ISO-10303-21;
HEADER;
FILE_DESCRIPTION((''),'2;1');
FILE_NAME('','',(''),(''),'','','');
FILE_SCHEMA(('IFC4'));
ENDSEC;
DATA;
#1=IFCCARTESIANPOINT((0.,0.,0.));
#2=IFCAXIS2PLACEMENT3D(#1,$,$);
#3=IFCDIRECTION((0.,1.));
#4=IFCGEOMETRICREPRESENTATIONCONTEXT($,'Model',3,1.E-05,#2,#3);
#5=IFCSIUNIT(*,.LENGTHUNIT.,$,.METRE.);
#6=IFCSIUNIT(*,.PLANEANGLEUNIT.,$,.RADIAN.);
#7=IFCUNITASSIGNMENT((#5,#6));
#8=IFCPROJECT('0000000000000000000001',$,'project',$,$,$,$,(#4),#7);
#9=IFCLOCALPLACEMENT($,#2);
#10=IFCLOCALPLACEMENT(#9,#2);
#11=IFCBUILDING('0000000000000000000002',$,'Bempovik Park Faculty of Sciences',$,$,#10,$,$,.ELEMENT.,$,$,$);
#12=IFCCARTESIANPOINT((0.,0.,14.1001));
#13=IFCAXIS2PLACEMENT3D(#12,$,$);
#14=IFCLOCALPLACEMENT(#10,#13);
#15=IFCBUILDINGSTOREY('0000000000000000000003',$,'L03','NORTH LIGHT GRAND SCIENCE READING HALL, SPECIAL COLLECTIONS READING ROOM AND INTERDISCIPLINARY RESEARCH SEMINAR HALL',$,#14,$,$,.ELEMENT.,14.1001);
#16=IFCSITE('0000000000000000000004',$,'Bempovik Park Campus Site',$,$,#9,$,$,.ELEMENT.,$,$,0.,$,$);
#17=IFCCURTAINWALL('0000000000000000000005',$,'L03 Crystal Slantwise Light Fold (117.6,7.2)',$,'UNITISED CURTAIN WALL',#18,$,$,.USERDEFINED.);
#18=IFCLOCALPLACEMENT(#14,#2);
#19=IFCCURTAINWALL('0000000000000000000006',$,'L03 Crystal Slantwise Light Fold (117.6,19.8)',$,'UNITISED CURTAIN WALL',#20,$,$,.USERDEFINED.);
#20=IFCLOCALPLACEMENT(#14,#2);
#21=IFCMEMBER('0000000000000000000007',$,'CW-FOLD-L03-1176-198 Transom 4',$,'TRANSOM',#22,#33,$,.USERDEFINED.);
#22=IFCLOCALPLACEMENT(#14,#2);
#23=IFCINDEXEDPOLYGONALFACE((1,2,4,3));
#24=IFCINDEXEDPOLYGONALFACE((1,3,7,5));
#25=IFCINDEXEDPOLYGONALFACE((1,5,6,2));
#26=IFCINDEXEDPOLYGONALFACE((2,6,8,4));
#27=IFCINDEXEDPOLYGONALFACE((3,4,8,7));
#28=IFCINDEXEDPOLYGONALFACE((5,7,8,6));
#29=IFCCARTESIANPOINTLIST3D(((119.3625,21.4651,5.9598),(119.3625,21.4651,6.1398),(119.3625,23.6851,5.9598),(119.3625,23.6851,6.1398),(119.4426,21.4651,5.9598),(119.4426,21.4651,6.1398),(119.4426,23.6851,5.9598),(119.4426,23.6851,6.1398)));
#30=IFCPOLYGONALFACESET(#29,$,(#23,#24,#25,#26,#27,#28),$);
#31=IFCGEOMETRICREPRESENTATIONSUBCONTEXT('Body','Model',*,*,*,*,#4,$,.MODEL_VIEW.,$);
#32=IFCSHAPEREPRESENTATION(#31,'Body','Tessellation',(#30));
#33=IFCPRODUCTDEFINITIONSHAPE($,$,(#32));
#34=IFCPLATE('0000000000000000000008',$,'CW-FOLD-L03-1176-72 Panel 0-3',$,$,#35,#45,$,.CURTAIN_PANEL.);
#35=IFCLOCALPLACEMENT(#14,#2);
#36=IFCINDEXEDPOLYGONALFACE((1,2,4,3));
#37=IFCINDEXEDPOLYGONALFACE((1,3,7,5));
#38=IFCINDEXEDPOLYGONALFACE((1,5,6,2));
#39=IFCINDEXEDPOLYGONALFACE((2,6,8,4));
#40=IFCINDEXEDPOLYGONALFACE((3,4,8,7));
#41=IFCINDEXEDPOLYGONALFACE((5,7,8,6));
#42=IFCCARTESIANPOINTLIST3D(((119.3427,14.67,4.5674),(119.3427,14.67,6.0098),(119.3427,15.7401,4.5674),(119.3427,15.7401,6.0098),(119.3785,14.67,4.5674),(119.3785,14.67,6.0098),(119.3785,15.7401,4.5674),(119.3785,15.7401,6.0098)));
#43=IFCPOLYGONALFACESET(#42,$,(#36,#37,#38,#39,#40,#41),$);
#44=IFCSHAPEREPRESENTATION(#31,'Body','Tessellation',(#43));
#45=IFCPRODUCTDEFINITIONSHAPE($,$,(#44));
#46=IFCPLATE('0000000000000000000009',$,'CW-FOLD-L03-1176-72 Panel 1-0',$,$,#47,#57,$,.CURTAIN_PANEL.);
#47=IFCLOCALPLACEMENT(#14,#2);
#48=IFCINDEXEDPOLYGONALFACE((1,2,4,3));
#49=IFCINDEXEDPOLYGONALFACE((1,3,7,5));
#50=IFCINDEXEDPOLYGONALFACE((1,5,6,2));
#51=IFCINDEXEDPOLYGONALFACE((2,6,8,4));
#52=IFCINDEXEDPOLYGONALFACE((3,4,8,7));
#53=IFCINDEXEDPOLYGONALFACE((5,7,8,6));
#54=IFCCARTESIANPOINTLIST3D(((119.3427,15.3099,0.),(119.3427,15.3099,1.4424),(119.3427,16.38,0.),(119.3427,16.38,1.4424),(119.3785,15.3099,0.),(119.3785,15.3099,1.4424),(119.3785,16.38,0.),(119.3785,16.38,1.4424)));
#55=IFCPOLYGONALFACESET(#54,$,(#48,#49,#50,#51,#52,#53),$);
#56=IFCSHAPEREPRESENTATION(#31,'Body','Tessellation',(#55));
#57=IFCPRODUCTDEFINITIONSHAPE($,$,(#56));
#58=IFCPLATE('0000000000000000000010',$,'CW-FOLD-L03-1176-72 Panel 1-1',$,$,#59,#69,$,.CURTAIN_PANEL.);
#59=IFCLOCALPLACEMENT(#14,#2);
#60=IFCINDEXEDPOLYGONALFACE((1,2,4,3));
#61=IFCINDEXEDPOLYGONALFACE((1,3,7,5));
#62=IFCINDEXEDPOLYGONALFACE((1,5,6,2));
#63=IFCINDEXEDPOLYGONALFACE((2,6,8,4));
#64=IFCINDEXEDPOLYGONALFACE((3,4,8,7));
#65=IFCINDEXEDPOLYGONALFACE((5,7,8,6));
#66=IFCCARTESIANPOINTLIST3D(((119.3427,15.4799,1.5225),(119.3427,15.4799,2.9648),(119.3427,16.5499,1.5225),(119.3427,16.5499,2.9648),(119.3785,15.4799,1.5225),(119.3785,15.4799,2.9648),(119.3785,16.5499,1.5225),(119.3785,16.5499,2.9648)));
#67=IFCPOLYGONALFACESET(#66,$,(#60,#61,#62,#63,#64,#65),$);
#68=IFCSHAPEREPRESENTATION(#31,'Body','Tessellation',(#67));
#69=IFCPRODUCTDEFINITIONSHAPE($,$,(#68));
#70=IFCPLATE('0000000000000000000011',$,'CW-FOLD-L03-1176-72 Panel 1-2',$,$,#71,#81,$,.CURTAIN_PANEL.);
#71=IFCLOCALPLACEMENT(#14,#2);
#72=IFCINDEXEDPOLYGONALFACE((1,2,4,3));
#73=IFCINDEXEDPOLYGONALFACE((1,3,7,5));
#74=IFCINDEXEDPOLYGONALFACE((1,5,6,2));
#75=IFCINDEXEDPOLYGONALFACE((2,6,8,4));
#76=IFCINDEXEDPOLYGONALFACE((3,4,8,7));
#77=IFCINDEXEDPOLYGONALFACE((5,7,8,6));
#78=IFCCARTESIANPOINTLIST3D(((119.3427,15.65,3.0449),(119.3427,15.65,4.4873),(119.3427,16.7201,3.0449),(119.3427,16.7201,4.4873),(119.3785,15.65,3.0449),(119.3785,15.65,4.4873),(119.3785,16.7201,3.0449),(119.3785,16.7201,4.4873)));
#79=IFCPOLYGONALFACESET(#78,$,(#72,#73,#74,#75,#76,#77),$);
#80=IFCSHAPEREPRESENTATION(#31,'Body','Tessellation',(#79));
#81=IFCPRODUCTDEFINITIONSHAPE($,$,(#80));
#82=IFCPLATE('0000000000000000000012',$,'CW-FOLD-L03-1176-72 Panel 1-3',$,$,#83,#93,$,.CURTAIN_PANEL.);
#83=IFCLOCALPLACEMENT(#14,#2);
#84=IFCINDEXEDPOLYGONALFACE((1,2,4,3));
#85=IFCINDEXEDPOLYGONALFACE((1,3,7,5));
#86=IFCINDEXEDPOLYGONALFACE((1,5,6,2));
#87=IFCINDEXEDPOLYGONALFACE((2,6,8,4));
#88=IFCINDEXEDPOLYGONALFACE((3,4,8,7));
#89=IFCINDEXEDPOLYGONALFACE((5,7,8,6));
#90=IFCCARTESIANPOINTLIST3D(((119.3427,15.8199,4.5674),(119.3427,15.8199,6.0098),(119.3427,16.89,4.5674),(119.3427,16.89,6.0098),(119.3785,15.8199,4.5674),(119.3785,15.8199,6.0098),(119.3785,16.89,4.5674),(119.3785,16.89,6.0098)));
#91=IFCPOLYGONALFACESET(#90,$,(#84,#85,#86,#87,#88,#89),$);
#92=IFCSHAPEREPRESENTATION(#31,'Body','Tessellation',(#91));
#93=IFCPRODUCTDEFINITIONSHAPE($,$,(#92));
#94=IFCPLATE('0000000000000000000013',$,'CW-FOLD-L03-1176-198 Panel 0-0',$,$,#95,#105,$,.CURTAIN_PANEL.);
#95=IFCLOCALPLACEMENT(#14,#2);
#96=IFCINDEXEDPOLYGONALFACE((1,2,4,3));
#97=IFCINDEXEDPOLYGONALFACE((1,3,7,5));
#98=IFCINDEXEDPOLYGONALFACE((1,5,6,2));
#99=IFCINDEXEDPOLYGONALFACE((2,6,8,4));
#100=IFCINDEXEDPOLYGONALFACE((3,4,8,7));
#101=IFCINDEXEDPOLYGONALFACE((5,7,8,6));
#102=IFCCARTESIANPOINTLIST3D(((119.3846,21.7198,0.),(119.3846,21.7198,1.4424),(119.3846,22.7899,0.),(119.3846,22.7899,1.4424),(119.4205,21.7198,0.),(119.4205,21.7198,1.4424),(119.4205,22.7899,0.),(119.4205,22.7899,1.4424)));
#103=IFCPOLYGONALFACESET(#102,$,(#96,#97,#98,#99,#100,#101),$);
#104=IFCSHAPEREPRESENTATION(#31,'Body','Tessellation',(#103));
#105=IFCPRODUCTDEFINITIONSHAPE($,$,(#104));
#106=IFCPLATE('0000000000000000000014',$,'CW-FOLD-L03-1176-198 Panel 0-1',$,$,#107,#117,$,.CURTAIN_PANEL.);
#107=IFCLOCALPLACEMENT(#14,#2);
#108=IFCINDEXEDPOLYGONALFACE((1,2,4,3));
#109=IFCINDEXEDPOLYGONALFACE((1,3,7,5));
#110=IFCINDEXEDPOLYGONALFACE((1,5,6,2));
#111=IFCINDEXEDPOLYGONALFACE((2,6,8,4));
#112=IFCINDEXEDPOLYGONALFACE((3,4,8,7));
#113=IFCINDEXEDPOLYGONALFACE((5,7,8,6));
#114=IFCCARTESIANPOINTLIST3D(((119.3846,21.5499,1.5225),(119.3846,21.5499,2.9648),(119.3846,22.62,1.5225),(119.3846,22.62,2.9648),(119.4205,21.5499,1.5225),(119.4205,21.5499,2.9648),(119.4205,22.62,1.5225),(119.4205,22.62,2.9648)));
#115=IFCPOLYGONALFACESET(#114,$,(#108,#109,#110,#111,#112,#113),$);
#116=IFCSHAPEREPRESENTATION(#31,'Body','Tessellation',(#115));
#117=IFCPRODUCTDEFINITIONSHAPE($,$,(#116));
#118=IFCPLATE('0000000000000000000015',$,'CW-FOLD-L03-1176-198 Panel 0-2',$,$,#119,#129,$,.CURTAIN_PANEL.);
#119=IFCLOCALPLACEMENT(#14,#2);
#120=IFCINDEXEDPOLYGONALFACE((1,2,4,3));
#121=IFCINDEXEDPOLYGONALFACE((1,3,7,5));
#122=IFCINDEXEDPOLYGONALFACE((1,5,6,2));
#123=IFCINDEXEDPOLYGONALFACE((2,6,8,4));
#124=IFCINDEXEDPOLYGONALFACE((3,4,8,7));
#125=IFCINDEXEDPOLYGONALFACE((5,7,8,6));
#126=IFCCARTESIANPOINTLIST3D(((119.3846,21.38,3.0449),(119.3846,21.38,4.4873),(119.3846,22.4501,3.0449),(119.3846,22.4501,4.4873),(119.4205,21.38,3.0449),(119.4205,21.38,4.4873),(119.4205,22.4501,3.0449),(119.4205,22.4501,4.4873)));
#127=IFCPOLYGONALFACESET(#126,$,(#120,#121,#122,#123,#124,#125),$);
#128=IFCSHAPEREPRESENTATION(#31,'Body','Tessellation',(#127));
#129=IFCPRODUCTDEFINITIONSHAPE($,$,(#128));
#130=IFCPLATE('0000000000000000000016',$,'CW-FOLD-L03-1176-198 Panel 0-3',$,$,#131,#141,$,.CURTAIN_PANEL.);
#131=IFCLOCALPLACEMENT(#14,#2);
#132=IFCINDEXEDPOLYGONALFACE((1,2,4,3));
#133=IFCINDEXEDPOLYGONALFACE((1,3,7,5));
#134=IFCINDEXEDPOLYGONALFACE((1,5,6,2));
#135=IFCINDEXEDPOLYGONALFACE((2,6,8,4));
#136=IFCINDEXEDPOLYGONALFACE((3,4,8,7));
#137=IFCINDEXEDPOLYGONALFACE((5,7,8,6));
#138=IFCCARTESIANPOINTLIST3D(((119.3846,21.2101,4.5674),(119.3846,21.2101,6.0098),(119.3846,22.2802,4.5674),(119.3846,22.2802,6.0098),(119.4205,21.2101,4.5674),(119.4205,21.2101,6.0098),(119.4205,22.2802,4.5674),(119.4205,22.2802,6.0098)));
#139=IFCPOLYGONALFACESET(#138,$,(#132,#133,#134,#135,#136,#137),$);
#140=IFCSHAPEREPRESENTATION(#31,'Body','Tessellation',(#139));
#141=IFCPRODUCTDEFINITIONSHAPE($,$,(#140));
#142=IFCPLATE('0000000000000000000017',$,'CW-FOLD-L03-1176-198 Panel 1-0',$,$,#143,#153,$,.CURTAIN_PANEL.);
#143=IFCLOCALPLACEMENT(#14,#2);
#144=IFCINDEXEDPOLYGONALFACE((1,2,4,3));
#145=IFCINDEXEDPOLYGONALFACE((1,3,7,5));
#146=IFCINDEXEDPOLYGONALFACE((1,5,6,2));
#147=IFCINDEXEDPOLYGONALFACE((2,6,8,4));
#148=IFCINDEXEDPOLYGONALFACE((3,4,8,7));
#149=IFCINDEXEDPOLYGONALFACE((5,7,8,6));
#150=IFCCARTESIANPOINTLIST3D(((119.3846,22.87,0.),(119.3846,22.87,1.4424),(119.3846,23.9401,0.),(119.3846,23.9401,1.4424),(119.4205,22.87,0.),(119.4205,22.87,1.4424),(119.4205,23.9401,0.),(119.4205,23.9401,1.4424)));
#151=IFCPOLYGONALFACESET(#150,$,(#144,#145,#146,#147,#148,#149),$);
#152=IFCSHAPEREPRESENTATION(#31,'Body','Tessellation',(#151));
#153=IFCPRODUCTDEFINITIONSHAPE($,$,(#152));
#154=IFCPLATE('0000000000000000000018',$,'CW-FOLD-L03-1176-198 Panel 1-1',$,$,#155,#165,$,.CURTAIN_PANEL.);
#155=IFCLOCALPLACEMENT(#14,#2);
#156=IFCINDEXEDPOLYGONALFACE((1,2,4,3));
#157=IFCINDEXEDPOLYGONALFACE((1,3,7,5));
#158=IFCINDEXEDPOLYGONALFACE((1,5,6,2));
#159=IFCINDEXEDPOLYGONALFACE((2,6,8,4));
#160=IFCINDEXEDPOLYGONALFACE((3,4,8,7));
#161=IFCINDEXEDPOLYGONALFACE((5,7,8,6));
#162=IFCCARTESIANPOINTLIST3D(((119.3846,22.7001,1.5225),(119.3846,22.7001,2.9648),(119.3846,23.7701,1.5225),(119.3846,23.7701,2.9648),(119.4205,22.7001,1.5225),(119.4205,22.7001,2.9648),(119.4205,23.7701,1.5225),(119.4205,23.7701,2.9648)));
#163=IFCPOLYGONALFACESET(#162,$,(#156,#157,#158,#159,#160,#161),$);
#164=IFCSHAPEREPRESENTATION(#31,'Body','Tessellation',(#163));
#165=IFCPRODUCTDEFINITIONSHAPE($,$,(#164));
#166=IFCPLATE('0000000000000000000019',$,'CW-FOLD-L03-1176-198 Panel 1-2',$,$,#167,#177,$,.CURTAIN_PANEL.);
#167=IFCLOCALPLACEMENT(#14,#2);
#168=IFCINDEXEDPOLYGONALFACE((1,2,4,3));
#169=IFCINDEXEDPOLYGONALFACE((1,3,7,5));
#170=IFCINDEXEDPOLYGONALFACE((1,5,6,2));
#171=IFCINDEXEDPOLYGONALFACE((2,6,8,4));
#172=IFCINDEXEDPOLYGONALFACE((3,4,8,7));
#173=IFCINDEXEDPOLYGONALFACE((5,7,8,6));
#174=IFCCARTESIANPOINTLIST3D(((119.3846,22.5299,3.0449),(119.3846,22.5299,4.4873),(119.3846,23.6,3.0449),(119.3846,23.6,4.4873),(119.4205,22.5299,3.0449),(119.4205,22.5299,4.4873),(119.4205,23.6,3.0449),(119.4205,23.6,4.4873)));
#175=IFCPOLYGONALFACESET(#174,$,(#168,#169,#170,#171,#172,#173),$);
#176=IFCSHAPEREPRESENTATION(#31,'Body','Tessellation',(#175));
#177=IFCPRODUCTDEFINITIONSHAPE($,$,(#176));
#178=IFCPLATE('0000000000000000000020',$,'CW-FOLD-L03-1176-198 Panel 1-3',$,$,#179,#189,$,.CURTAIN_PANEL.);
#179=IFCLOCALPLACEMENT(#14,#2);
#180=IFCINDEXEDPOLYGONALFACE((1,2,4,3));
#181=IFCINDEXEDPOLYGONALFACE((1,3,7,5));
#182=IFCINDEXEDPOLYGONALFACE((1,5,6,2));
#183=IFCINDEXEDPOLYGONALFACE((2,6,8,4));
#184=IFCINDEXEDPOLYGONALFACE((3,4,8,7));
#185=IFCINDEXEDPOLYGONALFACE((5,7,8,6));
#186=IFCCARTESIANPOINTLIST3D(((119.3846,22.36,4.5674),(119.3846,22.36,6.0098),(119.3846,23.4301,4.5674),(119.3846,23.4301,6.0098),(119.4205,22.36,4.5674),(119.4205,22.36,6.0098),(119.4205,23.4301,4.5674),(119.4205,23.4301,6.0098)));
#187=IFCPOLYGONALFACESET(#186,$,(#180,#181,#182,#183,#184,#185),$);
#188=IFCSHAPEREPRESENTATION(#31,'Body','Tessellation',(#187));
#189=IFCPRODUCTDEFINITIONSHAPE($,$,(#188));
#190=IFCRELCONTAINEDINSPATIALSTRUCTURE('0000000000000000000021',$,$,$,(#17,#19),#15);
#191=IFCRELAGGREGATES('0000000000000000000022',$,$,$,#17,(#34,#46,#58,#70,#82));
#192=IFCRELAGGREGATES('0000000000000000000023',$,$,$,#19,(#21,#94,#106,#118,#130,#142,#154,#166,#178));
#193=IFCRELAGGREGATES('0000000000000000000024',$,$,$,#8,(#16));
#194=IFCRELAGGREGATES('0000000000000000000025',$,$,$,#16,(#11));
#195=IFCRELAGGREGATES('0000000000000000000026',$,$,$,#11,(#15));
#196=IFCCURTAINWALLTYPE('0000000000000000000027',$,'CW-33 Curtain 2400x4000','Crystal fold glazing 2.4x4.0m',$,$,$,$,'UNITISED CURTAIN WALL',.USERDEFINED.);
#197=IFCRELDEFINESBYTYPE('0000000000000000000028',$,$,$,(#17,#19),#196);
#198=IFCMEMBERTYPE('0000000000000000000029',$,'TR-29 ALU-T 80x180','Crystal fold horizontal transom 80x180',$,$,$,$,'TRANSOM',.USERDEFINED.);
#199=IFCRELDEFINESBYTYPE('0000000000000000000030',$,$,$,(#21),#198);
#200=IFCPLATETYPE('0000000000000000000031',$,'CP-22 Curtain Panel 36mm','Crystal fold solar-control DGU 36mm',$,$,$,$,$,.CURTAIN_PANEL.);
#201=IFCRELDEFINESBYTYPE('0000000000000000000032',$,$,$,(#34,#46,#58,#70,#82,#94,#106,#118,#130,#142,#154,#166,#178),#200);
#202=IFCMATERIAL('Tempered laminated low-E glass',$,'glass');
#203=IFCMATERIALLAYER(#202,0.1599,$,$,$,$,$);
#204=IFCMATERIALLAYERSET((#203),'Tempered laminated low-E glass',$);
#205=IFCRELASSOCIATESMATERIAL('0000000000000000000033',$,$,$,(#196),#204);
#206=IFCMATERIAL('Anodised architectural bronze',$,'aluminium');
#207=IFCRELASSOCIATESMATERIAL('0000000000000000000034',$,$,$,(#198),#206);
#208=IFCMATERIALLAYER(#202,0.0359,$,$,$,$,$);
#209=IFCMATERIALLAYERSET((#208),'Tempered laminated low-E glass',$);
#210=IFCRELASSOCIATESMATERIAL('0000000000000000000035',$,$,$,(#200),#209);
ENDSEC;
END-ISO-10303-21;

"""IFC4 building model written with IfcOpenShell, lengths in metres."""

from ifc_helpers import new_model, si_unit, direction, frame, origin, origin_2d, place, context, subcontext, project, spatial, rectangle, extrude, material, layer, layer_set, material_profile, profile_set, type_object, element, aggregate, save


model = new_model("IFC4")

# Units and contexts
model_context = context("Model", 3, precision=1e-05, world=origin(), true_north=direction((0.0, 1.0)))
body_context = subcontext(model_context, "Body", "Model", "MODEL_VIEW")
ifc_project = project(units=[si_unit("LENGTHUNIT", "METRE"), si_unit("PLANEANGLEUNIT", "RADIAN")], contexts=[model_context])

# Site, building, storey
site_placement = place(None, origin())
site = spatial("IfcSite", under=ifc_project, at=site_placement, Name="Bempovik Park Campus Site", CompositionType="ELEMENT", RefElevation=0.0)
building_placement = place(site_placement, origin())
building = spatial("IfcBuilding", under=site, at=building_placement, Name="Bempovik Park Faculty of Sciences", CompositionType="ELEMENT")
storey_placement = place(building_placement, frame((0.0, 0.0, 14.1001)))
storey = spatial("IfcBuildingStorey", under=building, at=storey_placement, Name="L03", Description="NORTH LIGHT GRAND SCIENCE READING HALL, SPECIAL COLLECTIONS READING ROOM AND INTERDISCIPLINARY RESEARCH SEMINAR HALL", CompositionType="ELEMENT", Elevation=14.1001)

# Curtain walls, member
ifc_material_1 = material(Name="Tempered laminated low-E glass", Category="glass")
ifc_layer_1 = layer(ifc_material_1, 0.1599)
ifc_layer_set_1 = layer_set([ifc_layer_1], Name="Tempered laminated low-E glass")
curtain_wall_type = type_object("IfcCurtainWallType", Name="CW-33 Curtain 2400x4000", Description="Crystal fold glazing 2.4x4.0m", ElementType="UNITISED CURTAIN WALL", PredefinedType="USERDEFINED", material=ifc_layer_set_1)
curtain_wall_1_placement = place(storey_placement, origin())
curtain_wall_1 = element("IfcCurtainWall", 1, at=curtain_wall_1_placement, inside=storey, type_object=curtain_wall_type, Name="L03 Crystal Slantwise Light Fold (117.6,7.2)", ObjectType="UNITISED CURTAIN WALL", PredefinedType="USERDEFINED")
ifc_material_2 = material(Name="Anodised architectural bronze", Category="aluminium")
curtain_wall_2_placement = place(storey_placement, origin())
curtain_wall_2 = element("IfcCurtainWall", 2, at=curtain_wall_2_placement, inside=storey, type_object=curtain_wall_type, Name="L03 Crystal Slantwise Light Fold (117.6,19.8)", ObjectType="UNITISED CURTAIN WALL", PredefinedType="USERDEFINED")
ifc_material_profile_1 = material_profile(ifc_material_2, rectangle(XDim=0.0801, YDim=0.1799, at=origin_2d()), Name="ALU-T 80x180")
ifc_profile_set_1 = profile_set([ifc_material_profile_1], Name="Anodised architectural bronze")
member_type_1 = type_object("IfcMemberType", Name="TR-29 ALU-T 80x180", Description="Crystal fold horizontal transom 80x180", ElementType="TRANSOM", PredefinedType="USERDEFINED", material=ifc_profile_set_1)
member_1_placement = place(storey_placement, frame((119.4026, 21.4651, 6.0498), z_axis=(0.0, 1.0, 0.0), x_axis=(-1.0, 0.0, 0.0)))
member_1 = element("IfcMember", 3, at=member_1_placement, type_object=member_type_1, Name="CW-FOLD-L03-1176-198 Transom 4", ObjectType="TRANSOM", PredefinedType="USERDEFINED", context=body_context, shape_type="SweptSolid", body=[
    extrude(rectangle(XDim=0.0801, YDim=0.1799, at=origin_2d()), origin(), (0.0, 0.0, 1.0), 2.22),
])

# Plates
ifc_layer_2 = layer(ifc_material_1, 0.0359)
ifc_layer_set_2 = layer_set([ifc_layer_2], Name="Tempered laminated low-E glass")
plate_type_1 = type_object("IfcPlateType", Name="CP-22 Curtain Panel 36mm", Description="Crystal fold solar-control DGU 36mm", PredefinedType="CURTAIN_PANEL", material=ifc_layer_set_2)
plate_1_placement = place(storey_placement, frame((119.3606, 15.2051, 4.5674), z_axis=(0.0, 0.0, 1.0), x_axis=(0.0, 1.0, 0.0)))
plate_1 = element("IfcPlate", 4, at=plate_1_placement, type_object=plate_type_1, Name="CW-FOLD-L03-1176-72 Panel 0-3", PredefinedType="CURTAIN_PANEL", context=body_context, shape_type="SweptSolid", body=[
    extrude(rectangle(XDim=1.0701, YDim=0.0359, at=origin_2d()), origin(), (0.0, 0.0, 1.0), 1.4424),
])
plate_2_placement = place(storey_placement, frame((119.3606, 15.845, 0.0), z_axis=(0.0, 0.0, 1.0), x_axis=(0.0, 1.0, 0.0)))
plate_2 = element("IfcPlate", 5, at=plate_2_placement, type_object=plate_type_1, Name="CW-FOLD-L03-1176-72 Panel 1-0", PredefinedType="CURTAIN_PANEL", context=body_context, shape_type="SweptSolid", body=[
    extrude(rectangle(XDim=1.0701, YDim=0.0359, at=origin_2d()), origin(), (0.0, 0.0, 1.0), 1.4424),
])
plate_3_placement = place(storey_placement, frame((119.3606, 16.0149, 1.5225), z_axis=(0.0, 0.0, 1.0), x_axis=(0.0, 1.0, 0.0)))
plate_3 = element("IfcPlate", 6, at=plate_3_placement, type_object=plate_type_1, Name="CW-FOLD-L03-1176-72 Panel 1-1", PredefinedType="CURTAIN_PANEL", context=body_context, shape_type="SweptSolid", body=[
    extrude(rectangle(XDim=1.0701, YDim=0.0359, at=origin_2d()), origin(), (0.0, 0.0, 1.0), 1.4424),
])
plate_4_placement = place(storey_placement, frame((119.3606, 16.1851, 3.0449), z_axis=(0.0, 0.0, 1.0), x_axis=(0.0, 1.0, 0.0)))
plate_4 = element("IfcPlate", 7, at=plate_4_placement, type_object=plate_type_1, Name="CW-FOLD-L03-1176-72 Panel 1-2", PredefinedType="CURTAIN_PANEL", context=body_context, shape_type="SweptSolid", body=[
    extrude(rectangle(XDim=1.0701, YDim=0.0359, at=origin_2d()), origin(), (0.0, 0.0, 1.0), 1.4424),
])
plate_5_placement = place(storey_placement, frame((119.3606, 16.355, 4.5674), z_axis=(0.0, 0.0, 1.0), x_axis=(0.0, 1.0, 0.0)))
plate_5 = element("IfcPlate", 8, at=plate_5_placement, type_object=plate_type_1, Name="CW-FOLD-L03-1176-72 Panel 1-3", PredefinedType="CURTAIN_PANEL", context=body_context, shape_type="SweptSolid", body=[
    extrude(rectangle(XDim=1.0701, YDim=0.0359, at=origin_2d()), origin(), (0.0, 0.0, 1.0), 1.4424),
])
aggregate(curtain_wall_1, [plate_1, plate_2, plate_3, plate_4, plate_5])
plate_6_placement = place(storey_placement, frame((119.4026, 22.2549, 0.0), z_axis=(0.0, 0.0, 1.0), x_axis=(0.0, 1.0, 0.0)))
plate_6 = element("IfcPlate", 9, at=plate_6_placement, type_object=plate_type_1, Name="CW-FOLD-L03-1176-198 Panel 0-0", PredefinedType="CURTAIN_PANEL", context=body_context, shape_type="SweptSolid", body=[
    extrude(rectangle(XDim=1.0701, YDim=0.0359, at=origin_2d()), origin(), (0.0, 0.0, 1.0), 1.4424),
])
plate_7_placement = place(storey_placement, frame((119.4026, 22.085, 1.5225), z_axis=(0.0, 0.0, 1.0), x_axis=(0.0, 1.0, 0.0)))
plate_7 = element("IfcPlate", 10, at=plate_7_placement, type_object=plate_type_1, Name="CW-FOLD-L03-1176-198 Panel 0-1", PredefinedType="CURTAIN_PANEL", context=body_context, shape_type="SweptSolid", body=[
    extrude(rectangle(XDim=1.0701, YDim=0.0359, at=origin_2d()), origin(), (0.0, 0.0, 1.0), 1.4424),
])
plate_8_placement = place(storey_placement, frame((119.4026, 21.915, 3.0449), z_axis=(0.0, 0.0, 1.0), x_axis=(0.0, 1.0, 0.0)))
plate_8 = element("IfcPlate", 11, at=plate_8_placement, type_object=plate_type_1, Name="CW-FOLD-L03-1176-198 Panel 0-2", PredefinedType="CURTAIN_PANEL", context=body_context, shape_type="SweptSolid", body=[
    extrude(rectangle(XDim=1.0701, YDim=0.0359, at=origin_2d()), origin(), (0.0, 0.0, 1.0), 1.4424),
])
plate_9_placement = place(storey_placement, frame((119.4026, 21.7451, 4.5674), z_axis=(0.0, 0.0, 1.0), x_axis=(0.0, 1.0, 0.0)))
plate_9 = element("IfcPlate", 12, at=plate_9_placement, type_object=plate_type_1, Name="CW-FOLD-L03-1176-198 Panel 0-3", PredefinedType="CURTAIN_PANEL", context=body_context, shape_type="SweptSolid", body=[
    extrude(rectangle(XDim=1.0701, YDim=0.0359, at=origin_2d()), origin(), (0.0, 0.0, 1.0), 1.4424),
])
plate_10_placement = place(storey_placement, frame((119.4026, 23.405, 0.0), z_axis=(0.0, 0.0, 1.0), x_axis=(0.0, 1.0, 0.0)))
plate_10 = element("IfcPlate", 13, at=plate_10_placement, type_object=plate_type_1, Name="CW-FOLD-L03-1176-198 Panel 1-0", PredefinedType="CURTAIN_PANEL", context=body_context, shape_type="SweptSolid", body=[
    extrude(rectangle(XDim=1.0701, YDim=0.0359, at=origin_2d()), origin(), (0.0, 0.0, 1.0), 1.4424),
])
plate_11_placement = place(storey_placement, frame((119.4026, 23.2351, 1.5225), z_axis=(0.0, 0.0, 1.0), x_axis=(0.0, 1.0, 0.0)))
plate_11 = element("IfcPlate", 14, at=plate_11_placement, type_object=plate_type_1, Name="CW-FOLD-L03-1176-198 Panel 1-1", PredefinedType="CURTAIN_PANEL", context=body_context, shape_type="SweptSolid", body=[
    extrude(rectangle(XDim=1.0701, YDim=0.0359, at=origin_2d()), origin(), (0.0, 0.0, 1.0), 1.4424),
])
plate_12_placement = place(storey_placement, frame((119.4026, 23.0649, 3.0449), z_axis=(0.0, 0.0, 1.0), x_axis=(0.0, 1.0, 0.0)))
plate_12 = element("IfcPlate", 15, at=plate_12_placement, type_object=plate_type_1, Name="CW-FOLD-L03-1176-198 Panel 1-2", PredefinedType="CURTAIN_PANEL", context=body_context, shape_type="SweptSolid", body=[
    extrude(rectangle(XDim=1.0701, YDim=0.0359, at=origin_2d()), origin(), (0.0, 0.0, 1.0), 1.4424),
])
plate_13_placement = place(storey_placement, frame((119.4026, 22.895, 4.5674), z_axis=(0.0, 0.0, 1.0), x_axis=(0.0, 1.0, 0.0)))
plate_13 = element("IfcPlate", 16, at=plate_13_placement, type_object=plate_type_1, Name="CW-FOLD-L03-1176-198 Panel 1-3", PredefinedType="CURTAIN_PANEL", context=body_context, shape_type="SweptSolid", body=[
    extrude(rectangle(XDim=1.0701, YDim=0.0359, at=origin_2d()), origin(), (0.0, 0.0, 1.0), 1.4424),
])
aggregate(curtain_wall_2, [member_1, plate_6, plate_7, plate_8, plate_9, plate_10, plate_11, plate_12, plate_13])

save(model, "model.ifc")
